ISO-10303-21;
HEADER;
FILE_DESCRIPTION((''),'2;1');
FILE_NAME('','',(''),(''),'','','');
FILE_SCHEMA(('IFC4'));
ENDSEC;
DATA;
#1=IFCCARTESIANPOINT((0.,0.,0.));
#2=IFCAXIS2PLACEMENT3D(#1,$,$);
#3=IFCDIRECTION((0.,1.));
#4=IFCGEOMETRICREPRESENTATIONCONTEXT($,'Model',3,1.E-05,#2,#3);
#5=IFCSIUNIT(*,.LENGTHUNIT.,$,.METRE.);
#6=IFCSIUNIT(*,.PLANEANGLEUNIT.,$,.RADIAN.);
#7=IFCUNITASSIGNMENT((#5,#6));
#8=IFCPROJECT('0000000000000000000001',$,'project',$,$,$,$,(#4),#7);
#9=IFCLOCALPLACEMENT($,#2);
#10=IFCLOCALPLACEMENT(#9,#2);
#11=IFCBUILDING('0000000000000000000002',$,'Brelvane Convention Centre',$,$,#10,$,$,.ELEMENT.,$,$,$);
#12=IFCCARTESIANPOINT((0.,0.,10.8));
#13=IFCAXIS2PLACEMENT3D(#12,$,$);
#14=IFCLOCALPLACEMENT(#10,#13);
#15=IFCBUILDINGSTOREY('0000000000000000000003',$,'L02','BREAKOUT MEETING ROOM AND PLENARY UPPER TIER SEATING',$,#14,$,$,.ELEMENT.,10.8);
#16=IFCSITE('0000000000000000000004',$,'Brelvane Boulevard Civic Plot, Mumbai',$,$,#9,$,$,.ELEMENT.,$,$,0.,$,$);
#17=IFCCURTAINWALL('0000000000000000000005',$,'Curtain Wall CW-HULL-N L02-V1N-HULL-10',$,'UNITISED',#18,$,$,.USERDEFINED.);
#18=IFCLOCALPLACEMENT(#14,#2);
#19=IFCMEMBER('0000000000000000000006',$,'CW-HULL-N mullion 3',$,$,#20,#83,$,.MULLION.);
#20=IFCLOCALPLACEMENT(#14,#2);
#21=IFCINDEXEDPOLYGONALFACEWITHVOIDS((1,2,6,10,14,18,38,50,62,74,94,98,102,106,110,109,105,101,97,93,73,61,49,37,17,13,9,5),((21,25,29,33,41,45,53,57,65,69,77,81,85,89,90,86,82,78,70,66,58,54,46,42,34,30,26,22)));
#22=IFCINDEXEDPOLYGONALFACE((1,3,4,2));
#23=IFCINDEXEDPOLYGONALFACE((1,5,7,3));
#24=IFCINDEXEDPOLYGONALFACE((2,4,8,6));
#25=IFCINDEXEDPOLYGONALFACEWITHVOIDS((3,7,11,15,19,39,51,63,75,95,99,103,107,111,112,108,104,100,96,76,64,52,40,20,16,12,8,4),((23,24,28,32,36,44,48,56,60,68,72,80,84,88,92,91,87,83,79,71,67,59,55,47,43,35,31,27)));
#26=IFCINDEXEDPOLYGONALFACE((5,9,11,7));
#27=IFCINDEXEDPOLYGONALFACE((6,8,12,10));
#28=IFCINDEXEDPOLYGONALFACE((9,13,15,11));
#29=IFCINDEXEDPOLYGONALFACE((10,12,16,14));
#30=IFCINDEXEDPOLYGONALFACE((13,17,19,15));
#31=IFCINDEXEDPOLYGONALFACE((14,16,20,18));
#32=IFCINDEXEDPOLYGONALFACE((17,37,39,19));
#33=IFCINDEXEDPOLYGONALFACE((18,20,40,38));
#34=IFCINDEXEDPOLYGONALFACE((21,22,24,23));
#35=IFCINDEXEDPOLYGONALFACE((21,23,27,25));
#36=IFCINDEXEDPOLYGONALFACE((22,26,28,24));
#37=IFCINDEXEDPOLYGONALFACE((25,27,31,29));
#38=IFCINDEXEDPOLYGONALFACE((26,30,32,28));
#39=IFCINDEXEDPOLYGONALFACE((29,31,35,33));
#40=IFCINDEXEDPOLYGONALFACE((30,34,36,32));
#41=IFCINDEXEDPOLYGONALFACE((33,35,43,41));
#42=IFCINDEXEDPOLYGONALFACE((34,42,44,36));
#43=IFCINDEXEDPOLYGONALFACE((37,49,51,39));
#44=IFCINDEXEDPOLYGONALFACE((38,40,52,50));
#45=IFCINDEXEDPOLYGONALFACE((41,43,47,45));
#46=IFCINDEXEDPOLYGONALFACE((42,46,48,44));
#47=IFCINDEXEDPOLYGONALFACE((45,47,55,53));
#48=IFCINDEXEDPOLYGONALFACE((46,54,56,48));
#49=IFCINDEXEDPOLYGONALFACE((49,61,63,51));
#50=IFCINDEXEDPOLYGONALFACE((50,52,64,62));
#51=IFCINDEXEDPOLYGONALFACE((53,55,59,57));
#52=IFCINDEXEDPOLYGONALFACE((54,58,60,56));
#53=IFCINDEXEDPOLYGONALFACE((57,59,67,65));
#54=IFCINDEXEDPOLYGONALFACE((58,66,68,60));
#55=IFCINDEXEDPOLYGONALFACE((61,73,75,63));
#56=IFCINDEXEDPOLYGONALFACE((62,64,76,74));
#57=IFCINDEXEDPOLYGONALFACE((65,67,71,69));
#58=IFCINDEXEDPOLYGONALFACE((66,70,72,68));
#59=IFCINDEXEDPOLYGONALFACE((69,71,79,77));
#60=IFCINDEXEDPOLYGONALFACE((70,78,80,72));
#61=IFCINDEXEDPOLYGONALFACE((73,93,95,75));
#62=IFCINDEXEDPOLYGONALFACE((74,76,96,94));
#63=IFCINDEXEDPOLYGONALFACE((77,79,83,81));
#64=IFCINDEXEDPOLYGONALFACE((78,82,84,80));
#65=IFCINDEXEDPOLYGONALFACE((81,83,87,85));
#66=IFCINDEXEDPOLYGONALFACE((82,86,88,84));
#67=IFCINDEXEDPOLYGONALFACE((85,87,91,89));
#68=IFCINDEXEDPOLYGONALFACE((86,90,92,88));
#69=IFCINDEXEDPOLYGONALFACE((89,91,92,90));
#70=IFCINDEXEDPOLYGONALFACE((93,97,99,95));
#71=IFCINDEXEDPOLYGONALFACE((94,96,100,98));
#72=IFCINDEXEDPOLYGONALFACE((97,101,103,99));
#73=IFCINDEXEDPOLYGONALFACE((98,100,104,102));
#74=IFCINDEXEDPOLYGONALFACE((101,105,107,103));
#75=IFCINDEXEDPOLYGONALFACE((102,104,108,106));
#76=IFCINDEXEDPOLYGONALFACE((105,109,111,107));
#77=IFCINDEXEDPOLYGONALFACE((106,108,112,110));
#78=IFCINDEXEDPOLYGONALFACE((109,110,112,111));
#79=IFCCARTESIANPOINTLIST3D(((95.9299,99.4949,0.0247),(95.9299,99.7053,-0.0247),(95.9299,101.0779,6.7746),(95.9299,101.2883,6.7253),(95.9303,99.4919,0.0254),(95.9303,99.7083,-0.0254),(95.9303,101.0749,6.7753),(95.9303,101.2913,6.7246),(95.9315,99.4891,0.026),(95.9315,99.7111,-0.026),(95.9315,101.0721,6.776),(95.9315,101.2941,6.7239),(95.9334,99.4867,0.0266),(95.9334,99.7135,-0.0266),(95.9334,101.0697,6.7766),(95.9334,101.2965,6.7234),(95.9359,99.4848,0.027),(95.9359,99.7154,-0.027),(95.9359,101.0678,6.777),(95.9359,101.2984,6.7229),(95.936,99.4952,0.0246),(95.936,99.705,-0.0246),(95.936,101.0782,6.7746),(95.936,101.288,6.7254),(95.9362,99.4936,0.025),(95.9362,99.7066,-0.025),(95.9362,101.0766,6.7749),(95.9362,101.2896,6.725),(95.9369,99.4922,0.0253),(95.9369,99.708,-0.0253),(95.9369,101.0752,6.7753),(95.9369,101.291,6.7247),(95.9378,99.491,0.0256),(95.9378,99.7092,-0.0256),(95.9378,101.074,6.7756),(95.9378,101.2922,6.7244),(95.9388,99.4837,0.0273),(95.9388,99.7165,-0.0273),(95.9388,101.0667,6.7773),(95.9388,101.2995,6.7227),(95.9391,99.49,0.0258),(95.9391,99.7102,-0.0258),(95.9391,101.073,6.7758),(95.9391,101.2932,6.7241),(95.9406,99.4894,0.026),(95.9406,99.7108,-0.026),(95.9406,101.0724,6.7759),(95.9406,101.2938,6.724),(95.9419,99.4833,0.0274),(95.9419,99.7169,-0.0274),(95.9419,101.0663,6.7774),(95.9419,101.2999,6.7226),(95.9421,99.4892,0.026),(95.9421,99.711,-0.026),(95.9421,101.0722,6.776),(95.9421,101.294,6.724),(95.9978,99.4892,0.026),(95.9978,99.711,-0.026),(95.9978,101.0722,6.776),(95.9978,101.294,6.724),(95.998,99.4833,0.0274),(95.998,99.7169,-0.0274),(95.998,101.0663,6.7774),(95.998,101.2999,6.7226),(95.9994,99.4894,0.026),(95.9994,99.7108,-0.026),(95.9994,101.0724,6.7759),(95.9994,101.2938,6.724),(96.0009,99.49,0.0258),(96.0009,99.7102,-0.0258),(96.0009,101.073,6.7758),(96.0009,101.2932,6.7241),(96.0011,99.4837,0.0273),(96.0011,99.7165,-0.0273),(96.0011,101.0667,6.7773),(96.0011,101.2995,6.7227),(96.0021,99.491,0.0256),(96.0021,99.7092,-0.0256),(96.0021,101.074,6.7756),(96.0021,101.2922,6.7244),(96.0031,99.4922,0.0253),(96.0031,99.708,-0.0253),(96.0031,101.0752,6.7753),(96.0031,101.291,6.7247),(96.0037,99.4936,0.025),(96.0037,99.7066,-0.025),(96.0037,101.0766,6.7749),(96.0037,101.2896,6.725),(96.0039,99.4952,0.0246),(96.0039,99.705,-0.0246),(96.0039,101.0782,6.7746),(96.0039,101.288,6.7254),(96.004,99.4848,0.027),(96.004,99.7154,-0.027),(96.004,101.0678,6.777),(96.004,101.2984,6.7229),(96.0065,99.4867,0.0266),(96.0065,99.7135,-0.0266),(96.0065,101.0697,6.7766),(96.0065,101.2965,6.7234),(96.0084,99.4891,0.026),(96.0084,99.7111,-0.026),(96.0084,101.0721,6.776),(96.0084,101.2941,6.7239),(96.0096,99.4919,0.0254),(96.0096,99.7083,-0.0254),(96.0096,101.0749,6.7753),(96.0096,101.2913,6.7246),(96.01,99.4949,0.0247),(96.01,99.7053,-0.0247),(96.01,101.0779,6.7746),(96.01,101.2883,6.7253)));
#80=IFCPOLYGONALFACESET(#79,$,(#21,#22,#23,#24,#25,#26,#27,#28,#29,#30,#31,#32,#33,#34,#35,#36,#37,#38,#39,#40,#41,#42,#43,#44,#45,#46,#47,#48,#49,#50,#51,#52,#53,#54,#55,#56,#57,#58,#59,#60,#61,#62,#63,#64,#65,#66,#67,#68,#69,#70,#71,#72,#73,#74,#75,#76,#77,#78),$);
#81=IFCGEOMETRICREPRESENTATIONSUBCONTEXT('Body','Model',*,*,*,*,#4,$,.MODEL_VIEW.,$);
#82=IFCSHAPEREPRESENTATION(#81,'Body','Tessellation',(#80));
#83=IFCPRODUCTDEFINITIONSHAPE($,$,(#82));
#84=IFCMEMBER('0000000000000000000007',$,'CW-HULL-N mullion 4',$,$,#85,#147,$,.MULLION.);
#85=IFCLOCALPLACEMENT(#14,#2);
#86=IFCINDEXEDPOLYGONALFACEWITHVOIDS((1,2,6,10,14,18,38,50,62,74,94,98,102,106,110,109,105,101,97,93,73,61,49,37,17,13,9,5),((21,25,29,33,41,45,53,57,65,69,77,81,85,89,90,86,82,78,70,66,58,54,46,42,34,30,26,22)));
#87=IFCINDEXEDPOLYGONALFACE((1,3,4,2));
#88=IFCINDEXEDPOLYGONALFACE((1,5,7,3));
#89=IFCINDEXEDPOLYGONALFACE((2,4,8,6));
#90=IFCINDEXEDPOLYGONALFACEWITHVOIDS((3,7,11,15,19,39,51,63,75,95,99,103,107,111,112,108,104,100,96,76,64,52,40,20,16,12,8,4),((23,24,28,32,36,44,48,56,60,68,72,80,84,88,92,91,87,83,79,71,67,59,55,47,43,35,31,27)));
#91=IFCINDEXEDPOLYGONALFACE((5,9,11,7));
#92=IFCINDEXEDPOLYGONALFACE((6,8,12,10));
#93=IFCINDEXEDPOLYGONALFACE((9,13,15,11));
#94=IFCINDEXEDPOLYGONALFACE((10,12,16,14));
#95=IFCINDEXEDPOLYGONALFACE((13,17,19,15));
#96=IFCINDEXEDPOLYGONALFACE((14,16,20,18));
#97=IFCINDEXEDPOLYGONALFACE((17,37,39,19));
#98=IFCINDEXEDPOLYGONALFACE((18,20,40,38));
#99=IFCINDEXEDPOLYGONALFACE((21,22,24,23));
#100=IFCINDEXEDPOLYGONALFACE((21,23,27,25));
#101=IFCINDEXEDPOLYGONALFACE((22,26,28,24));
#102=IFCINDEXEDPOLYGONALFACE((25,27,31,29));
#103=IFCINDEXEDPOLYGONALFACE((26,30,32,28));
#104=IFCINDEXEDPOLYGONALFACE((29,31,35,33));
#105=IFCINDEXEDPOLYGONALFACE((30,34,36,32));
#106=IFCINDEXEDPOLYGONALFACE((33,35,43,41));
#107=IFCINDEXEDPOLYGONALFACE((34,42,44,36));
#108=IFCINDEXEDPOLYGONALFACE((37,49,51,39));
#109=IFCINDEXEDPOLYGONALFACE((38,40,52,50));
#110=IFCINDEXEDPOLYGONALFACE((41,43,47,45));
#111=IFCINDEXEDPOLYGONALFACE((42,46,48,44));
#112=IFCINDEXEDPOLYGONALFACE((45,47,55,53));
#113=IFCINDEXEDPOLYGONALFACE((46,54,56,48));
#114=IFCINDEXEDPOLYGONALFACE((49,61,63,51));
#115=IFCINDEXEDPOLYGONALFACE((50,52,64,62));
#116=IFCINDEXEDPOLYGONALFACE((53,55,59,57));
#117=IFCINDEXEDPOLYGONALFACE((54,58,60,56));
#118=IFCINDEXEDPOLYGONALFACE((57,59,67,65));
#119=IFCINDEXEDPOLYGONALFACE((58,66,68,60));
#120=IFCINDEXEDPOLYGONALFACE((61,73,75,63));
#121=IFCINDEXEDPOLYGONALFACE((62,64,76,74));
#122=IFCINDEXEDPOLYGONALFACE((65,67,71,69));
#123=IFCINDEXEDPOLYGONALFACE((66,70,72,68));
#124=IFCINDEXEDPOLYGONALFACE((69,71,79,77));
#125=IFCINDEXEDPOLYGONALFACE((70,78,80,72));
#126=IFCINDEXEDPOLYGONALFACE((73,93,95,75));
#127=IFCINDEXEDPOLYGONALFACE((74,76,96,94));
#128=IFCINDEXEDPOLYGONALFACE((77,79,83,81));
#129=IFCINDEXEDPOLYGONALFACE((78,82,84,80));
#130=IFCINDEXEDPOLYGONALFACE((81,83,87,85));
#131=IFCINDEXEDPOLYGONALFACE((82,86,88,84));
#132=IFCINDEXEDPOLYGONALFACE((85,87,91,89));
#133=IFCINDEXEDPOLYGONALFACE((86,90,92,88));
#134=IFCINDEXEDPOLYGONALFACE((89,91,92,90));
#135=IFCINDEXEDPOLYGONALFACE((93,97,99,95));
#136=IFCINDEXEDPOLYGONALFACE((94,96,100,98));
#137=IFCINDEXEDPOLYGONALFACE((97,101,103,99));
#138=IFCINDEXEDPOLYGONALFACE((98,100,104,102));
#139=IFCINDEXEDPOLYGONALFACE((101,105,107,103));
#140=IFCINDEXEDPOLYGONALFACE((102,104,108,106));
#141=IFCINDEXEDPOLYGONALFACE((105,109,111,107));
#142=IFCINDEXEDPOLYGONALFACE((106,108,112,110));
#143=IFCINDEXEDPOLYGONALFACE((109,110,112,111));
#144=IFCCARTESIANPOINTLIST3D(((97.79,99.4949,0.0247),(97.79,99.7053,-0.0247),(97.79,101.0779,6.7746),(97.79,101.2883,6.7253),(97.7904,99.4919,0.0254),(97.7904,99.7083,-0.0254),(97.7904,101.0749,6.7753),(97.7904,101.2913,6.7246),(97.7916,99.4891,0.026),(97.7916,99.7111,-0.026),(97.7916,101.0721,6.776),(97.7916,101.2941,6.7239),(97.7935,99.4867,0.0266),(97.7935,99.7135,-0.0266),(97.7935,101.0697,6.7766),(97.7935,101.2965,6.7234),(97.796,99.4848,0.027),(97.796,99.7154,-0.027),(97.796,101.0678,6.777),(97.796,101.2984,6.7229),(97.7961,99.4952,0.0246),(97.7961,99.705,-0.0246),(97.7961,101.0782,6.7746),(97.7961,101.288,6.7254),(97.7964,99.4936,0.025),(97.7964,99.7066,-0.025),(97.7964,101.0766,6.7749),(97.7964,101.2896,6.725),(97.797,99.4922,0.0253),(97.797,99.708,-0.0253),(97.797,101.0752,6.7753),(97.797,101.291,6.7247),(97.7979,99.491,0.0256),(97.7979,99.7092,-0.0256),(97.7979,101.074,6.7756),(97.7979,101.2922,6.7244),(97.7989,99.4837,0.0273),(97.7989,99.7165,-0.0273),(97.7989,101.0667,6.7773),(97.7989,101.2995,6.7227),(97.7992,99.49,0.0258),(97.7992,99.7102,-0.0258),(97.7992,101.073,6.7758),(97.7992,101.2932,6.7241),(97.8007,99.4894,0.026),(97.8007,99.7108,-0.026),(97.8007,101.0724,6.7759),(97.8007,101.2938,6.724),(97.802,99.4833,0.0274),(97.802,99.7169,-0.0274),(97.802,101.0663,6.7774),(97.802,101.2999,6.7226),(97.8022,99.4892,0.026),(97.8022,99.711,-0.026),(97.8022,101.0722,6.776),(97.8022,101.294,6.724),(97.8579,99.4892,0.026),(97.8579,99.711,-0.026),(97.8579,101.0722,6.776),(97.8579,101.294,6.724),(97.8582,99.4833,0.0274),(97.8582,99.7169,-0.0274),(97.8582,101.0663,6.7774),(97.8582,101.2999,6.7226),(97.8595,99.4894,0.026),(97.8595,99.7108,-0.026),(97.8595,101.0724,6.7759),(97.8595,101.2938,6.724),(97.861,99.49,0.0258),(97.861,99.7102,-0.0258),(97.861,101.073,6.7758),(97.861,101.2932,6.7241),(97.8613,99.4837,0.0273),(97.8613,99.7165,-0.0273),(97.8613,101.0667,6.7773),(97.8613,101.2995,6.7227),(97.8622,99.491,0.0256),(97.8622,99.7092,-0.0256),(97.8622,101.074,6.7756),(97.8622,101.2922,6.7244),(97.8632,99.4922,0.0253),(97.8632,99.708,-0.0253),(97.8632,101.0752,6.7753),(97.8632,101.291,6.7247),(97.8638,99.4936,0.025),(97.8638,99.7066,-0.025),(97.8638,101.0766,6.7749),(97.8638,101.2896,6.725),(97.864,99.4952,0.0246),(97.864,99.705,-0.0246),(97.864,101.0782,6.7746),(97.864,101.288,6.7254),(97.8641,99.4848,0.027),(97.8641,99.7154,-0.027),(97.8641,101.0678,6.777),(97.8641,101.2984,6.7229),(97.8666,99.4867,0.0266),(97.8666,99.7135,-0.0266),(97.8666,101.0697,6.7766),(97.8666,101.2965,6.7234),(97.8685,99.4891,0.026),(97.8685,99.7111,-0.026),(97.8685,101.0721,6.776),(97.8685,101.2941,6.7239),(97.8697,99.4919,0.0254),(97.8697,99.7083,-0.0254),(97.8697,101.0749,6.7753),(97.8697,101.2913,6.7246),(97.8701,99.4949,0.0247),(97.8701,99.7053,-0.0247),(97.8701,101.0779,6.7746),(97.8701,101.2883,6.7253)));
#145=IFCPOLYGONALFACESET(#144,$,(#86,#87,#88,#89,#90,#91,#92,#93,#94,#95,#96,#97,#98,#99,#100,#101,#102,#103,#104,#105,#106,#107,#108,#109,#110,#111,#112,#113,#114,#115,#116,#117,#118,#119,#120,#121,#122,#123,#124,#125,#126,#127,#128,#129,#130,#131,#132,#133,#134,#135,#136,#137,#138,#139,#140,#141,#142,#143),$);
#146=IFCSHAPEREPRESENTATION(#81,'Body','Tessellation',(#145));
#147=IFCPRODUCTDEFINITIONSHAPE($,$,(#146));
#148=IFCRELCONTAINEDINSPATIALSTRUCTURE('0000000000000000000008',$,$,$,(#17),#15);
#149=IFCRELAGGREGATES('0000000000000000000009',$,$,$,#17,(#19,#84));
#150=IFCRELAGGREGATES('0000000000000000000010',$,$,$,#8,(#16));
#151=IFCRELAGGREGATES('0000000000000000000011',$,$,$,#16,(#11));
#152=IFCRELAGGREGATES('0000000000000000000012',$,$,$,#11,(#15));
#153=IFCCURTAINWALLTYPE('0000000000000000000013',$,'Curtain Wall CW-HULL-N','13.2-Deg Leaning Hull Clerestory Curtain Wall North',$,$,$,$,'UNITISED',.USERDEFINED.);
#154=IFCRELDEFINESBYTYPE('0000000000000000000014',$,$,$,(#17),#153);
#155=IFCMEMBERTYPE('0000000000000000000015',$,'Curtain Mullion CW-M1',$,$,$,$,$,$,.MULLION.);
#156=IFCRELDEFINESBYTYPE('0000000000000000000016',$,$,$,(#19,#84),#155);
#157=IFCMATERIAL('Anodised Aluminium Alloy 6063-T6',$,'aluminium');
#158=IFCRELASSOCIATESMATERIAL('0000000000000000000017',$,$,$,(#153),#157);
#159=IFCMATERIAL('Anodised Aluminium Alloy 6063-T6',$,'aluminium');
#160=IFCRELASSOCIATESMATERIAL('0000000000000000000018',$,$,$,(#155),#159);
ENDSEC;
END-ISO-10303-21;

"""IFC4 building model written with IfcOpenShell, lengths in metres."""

from ifc_helpers import new_model, si_unit, direction, frame, origin, origin_2d, place, context, subcontext, project, spatial, hollow_rectangle, extrude, material, material_profile, profile_set, type_object, element, aggregate, save


model = new_model("IFC4")

# Units and contexts
model_context = context("Model", 3, precision=1e-05, world=origin(), true_north=direction((0.0, 1.0)))
body_context = subcontext(model_context, "Body", "Model", "MODEL_VIEW")
ifc_project = project(units=[si_unit("LENGTHUNIT", "METRE"), si_unit("PLANEANGLEUNIT", "RADIAN")], contexts=[model_context])

# Site, building, storey
site_placement = place(None, origin())
site = spatial("IfcSite", under=ifc_project, at=site_placement, Name="Brelvane Boulevard Civic Plot, Mumbai", CompositionType="ELEMENT", RefElevation=0.0)
building_placement = place(site_placement, origin())
building = spatial("IfcBuilding", under=site, at=building_placement, Name="Brelvane Convention Centre", CompositionType="ELEMENT")
storey_placement = place(building_placement, frame((0.0, 0.0, 10.8)))
storey = spatial("IfcBuildingStorey", under=building, at=storey_placement, Name="L02", Description="BREAKOUT MEETING ROOM AND PLENARY UPPER TIER SEATING", CompositionType="ELEMENT", Elevation=10.8)

# Curtain wall, members
ifc_material_1 = material(Name="Anodised Aluminium Alloy 6063-T6", Category="aluminium")
curtain_wall_type = type_object("IfcCurtainWallType", Name="Curtain Wall CW-HULL-N", Description="13.2-Deg Leaning Hull Clerestory Curtain Wall North", ElementType="UNITISED", PredefinedType="USERDEFINED", material=ifc_material_1)
curtain_wall_placement = place(storey_placement, origin())
curtain_wall = element("IfcCurtainWall", 1, at=curtain_wall_placement, inside=storey, type_object=curtain_wall_type, Name="Curtain Wall CW-HULL-N L02-V1N-HULL-10", ObjectType="UNITISED", PredefinedType="USERDEFINED")
ifc_material_2 = material(Name="Anodised Aluminium Alloy 6063-T6", Category="aluminium")
ifc_material_profile_1 = material_profile(ifc_material_2, hollow_rectangle(XDim=0.0801, YDim=0.24, WallThickness=0.0061, InnerFilletRadius=0.0061, OuterFilletRadius=0.012, at=origin_2d()), Name="ALU-M 240x80x6.0")
ifc_profile_set_1 = profile_set([ifc_material_profile_1], Name="Anodised Aluminium Alloy 6063-T6")
member_type_1 = type_object("IfcMemberType", Name="Curtain Mullion CW-M1", PredefinedType="MULLION", material=ifc_profile_set_1)
member_1_placement = place(storey_placement, frame((95.97, 99.6001, 0.0), z_axis=(0.0, 0.228325, 0.973585), x_axis=(-1.0, 0.0, 0.0)))
member_1 = element("IfcMember", 2, at=member_1_placement, type_object=member_type_1, Name="CW-HULL-N mullion 3", PredefinedType="MULLION", context=body_context, shape_type="SweptSolid", body=[
    extrude(hollow_rectangle(XDim=0.0801, YDim=0.24, WallThickness=0.0061, InnerFilletRadius=0.0061, OuterFilletRadius=0.012, at=origin_2d()), origin(), (0.0, 0.0, 1.0), 6.9331),
])
member_2_placement = place(storey_placement, frame((97.8301, 99.6001, 0.0), z_axis=(0.0, 0.228325, 0.973585), x_axis=(-1.0, 0.0, 0.0)))
member_2 = element("IfcMember", 3, at=member_2_placement, type_object=member_type_1, Name="CW-HULL-N mullion 4", PredefinedType="MULLION", context=body_context, shape_type="SweptSolid", body=[
    extrude(hollow_rectangle(XDim=0.0801, YDim=0.24, WallThickness=0.0061, InnerFilletRadius=0.0061, OuterFilletRadius=0.012, at=origin_2d()), origin(), (0.0, 0.0, 1.0), 6.9331),
])

aggregate(curtain_wall, [member_1, member_2])

save(model, "model.ifc")
